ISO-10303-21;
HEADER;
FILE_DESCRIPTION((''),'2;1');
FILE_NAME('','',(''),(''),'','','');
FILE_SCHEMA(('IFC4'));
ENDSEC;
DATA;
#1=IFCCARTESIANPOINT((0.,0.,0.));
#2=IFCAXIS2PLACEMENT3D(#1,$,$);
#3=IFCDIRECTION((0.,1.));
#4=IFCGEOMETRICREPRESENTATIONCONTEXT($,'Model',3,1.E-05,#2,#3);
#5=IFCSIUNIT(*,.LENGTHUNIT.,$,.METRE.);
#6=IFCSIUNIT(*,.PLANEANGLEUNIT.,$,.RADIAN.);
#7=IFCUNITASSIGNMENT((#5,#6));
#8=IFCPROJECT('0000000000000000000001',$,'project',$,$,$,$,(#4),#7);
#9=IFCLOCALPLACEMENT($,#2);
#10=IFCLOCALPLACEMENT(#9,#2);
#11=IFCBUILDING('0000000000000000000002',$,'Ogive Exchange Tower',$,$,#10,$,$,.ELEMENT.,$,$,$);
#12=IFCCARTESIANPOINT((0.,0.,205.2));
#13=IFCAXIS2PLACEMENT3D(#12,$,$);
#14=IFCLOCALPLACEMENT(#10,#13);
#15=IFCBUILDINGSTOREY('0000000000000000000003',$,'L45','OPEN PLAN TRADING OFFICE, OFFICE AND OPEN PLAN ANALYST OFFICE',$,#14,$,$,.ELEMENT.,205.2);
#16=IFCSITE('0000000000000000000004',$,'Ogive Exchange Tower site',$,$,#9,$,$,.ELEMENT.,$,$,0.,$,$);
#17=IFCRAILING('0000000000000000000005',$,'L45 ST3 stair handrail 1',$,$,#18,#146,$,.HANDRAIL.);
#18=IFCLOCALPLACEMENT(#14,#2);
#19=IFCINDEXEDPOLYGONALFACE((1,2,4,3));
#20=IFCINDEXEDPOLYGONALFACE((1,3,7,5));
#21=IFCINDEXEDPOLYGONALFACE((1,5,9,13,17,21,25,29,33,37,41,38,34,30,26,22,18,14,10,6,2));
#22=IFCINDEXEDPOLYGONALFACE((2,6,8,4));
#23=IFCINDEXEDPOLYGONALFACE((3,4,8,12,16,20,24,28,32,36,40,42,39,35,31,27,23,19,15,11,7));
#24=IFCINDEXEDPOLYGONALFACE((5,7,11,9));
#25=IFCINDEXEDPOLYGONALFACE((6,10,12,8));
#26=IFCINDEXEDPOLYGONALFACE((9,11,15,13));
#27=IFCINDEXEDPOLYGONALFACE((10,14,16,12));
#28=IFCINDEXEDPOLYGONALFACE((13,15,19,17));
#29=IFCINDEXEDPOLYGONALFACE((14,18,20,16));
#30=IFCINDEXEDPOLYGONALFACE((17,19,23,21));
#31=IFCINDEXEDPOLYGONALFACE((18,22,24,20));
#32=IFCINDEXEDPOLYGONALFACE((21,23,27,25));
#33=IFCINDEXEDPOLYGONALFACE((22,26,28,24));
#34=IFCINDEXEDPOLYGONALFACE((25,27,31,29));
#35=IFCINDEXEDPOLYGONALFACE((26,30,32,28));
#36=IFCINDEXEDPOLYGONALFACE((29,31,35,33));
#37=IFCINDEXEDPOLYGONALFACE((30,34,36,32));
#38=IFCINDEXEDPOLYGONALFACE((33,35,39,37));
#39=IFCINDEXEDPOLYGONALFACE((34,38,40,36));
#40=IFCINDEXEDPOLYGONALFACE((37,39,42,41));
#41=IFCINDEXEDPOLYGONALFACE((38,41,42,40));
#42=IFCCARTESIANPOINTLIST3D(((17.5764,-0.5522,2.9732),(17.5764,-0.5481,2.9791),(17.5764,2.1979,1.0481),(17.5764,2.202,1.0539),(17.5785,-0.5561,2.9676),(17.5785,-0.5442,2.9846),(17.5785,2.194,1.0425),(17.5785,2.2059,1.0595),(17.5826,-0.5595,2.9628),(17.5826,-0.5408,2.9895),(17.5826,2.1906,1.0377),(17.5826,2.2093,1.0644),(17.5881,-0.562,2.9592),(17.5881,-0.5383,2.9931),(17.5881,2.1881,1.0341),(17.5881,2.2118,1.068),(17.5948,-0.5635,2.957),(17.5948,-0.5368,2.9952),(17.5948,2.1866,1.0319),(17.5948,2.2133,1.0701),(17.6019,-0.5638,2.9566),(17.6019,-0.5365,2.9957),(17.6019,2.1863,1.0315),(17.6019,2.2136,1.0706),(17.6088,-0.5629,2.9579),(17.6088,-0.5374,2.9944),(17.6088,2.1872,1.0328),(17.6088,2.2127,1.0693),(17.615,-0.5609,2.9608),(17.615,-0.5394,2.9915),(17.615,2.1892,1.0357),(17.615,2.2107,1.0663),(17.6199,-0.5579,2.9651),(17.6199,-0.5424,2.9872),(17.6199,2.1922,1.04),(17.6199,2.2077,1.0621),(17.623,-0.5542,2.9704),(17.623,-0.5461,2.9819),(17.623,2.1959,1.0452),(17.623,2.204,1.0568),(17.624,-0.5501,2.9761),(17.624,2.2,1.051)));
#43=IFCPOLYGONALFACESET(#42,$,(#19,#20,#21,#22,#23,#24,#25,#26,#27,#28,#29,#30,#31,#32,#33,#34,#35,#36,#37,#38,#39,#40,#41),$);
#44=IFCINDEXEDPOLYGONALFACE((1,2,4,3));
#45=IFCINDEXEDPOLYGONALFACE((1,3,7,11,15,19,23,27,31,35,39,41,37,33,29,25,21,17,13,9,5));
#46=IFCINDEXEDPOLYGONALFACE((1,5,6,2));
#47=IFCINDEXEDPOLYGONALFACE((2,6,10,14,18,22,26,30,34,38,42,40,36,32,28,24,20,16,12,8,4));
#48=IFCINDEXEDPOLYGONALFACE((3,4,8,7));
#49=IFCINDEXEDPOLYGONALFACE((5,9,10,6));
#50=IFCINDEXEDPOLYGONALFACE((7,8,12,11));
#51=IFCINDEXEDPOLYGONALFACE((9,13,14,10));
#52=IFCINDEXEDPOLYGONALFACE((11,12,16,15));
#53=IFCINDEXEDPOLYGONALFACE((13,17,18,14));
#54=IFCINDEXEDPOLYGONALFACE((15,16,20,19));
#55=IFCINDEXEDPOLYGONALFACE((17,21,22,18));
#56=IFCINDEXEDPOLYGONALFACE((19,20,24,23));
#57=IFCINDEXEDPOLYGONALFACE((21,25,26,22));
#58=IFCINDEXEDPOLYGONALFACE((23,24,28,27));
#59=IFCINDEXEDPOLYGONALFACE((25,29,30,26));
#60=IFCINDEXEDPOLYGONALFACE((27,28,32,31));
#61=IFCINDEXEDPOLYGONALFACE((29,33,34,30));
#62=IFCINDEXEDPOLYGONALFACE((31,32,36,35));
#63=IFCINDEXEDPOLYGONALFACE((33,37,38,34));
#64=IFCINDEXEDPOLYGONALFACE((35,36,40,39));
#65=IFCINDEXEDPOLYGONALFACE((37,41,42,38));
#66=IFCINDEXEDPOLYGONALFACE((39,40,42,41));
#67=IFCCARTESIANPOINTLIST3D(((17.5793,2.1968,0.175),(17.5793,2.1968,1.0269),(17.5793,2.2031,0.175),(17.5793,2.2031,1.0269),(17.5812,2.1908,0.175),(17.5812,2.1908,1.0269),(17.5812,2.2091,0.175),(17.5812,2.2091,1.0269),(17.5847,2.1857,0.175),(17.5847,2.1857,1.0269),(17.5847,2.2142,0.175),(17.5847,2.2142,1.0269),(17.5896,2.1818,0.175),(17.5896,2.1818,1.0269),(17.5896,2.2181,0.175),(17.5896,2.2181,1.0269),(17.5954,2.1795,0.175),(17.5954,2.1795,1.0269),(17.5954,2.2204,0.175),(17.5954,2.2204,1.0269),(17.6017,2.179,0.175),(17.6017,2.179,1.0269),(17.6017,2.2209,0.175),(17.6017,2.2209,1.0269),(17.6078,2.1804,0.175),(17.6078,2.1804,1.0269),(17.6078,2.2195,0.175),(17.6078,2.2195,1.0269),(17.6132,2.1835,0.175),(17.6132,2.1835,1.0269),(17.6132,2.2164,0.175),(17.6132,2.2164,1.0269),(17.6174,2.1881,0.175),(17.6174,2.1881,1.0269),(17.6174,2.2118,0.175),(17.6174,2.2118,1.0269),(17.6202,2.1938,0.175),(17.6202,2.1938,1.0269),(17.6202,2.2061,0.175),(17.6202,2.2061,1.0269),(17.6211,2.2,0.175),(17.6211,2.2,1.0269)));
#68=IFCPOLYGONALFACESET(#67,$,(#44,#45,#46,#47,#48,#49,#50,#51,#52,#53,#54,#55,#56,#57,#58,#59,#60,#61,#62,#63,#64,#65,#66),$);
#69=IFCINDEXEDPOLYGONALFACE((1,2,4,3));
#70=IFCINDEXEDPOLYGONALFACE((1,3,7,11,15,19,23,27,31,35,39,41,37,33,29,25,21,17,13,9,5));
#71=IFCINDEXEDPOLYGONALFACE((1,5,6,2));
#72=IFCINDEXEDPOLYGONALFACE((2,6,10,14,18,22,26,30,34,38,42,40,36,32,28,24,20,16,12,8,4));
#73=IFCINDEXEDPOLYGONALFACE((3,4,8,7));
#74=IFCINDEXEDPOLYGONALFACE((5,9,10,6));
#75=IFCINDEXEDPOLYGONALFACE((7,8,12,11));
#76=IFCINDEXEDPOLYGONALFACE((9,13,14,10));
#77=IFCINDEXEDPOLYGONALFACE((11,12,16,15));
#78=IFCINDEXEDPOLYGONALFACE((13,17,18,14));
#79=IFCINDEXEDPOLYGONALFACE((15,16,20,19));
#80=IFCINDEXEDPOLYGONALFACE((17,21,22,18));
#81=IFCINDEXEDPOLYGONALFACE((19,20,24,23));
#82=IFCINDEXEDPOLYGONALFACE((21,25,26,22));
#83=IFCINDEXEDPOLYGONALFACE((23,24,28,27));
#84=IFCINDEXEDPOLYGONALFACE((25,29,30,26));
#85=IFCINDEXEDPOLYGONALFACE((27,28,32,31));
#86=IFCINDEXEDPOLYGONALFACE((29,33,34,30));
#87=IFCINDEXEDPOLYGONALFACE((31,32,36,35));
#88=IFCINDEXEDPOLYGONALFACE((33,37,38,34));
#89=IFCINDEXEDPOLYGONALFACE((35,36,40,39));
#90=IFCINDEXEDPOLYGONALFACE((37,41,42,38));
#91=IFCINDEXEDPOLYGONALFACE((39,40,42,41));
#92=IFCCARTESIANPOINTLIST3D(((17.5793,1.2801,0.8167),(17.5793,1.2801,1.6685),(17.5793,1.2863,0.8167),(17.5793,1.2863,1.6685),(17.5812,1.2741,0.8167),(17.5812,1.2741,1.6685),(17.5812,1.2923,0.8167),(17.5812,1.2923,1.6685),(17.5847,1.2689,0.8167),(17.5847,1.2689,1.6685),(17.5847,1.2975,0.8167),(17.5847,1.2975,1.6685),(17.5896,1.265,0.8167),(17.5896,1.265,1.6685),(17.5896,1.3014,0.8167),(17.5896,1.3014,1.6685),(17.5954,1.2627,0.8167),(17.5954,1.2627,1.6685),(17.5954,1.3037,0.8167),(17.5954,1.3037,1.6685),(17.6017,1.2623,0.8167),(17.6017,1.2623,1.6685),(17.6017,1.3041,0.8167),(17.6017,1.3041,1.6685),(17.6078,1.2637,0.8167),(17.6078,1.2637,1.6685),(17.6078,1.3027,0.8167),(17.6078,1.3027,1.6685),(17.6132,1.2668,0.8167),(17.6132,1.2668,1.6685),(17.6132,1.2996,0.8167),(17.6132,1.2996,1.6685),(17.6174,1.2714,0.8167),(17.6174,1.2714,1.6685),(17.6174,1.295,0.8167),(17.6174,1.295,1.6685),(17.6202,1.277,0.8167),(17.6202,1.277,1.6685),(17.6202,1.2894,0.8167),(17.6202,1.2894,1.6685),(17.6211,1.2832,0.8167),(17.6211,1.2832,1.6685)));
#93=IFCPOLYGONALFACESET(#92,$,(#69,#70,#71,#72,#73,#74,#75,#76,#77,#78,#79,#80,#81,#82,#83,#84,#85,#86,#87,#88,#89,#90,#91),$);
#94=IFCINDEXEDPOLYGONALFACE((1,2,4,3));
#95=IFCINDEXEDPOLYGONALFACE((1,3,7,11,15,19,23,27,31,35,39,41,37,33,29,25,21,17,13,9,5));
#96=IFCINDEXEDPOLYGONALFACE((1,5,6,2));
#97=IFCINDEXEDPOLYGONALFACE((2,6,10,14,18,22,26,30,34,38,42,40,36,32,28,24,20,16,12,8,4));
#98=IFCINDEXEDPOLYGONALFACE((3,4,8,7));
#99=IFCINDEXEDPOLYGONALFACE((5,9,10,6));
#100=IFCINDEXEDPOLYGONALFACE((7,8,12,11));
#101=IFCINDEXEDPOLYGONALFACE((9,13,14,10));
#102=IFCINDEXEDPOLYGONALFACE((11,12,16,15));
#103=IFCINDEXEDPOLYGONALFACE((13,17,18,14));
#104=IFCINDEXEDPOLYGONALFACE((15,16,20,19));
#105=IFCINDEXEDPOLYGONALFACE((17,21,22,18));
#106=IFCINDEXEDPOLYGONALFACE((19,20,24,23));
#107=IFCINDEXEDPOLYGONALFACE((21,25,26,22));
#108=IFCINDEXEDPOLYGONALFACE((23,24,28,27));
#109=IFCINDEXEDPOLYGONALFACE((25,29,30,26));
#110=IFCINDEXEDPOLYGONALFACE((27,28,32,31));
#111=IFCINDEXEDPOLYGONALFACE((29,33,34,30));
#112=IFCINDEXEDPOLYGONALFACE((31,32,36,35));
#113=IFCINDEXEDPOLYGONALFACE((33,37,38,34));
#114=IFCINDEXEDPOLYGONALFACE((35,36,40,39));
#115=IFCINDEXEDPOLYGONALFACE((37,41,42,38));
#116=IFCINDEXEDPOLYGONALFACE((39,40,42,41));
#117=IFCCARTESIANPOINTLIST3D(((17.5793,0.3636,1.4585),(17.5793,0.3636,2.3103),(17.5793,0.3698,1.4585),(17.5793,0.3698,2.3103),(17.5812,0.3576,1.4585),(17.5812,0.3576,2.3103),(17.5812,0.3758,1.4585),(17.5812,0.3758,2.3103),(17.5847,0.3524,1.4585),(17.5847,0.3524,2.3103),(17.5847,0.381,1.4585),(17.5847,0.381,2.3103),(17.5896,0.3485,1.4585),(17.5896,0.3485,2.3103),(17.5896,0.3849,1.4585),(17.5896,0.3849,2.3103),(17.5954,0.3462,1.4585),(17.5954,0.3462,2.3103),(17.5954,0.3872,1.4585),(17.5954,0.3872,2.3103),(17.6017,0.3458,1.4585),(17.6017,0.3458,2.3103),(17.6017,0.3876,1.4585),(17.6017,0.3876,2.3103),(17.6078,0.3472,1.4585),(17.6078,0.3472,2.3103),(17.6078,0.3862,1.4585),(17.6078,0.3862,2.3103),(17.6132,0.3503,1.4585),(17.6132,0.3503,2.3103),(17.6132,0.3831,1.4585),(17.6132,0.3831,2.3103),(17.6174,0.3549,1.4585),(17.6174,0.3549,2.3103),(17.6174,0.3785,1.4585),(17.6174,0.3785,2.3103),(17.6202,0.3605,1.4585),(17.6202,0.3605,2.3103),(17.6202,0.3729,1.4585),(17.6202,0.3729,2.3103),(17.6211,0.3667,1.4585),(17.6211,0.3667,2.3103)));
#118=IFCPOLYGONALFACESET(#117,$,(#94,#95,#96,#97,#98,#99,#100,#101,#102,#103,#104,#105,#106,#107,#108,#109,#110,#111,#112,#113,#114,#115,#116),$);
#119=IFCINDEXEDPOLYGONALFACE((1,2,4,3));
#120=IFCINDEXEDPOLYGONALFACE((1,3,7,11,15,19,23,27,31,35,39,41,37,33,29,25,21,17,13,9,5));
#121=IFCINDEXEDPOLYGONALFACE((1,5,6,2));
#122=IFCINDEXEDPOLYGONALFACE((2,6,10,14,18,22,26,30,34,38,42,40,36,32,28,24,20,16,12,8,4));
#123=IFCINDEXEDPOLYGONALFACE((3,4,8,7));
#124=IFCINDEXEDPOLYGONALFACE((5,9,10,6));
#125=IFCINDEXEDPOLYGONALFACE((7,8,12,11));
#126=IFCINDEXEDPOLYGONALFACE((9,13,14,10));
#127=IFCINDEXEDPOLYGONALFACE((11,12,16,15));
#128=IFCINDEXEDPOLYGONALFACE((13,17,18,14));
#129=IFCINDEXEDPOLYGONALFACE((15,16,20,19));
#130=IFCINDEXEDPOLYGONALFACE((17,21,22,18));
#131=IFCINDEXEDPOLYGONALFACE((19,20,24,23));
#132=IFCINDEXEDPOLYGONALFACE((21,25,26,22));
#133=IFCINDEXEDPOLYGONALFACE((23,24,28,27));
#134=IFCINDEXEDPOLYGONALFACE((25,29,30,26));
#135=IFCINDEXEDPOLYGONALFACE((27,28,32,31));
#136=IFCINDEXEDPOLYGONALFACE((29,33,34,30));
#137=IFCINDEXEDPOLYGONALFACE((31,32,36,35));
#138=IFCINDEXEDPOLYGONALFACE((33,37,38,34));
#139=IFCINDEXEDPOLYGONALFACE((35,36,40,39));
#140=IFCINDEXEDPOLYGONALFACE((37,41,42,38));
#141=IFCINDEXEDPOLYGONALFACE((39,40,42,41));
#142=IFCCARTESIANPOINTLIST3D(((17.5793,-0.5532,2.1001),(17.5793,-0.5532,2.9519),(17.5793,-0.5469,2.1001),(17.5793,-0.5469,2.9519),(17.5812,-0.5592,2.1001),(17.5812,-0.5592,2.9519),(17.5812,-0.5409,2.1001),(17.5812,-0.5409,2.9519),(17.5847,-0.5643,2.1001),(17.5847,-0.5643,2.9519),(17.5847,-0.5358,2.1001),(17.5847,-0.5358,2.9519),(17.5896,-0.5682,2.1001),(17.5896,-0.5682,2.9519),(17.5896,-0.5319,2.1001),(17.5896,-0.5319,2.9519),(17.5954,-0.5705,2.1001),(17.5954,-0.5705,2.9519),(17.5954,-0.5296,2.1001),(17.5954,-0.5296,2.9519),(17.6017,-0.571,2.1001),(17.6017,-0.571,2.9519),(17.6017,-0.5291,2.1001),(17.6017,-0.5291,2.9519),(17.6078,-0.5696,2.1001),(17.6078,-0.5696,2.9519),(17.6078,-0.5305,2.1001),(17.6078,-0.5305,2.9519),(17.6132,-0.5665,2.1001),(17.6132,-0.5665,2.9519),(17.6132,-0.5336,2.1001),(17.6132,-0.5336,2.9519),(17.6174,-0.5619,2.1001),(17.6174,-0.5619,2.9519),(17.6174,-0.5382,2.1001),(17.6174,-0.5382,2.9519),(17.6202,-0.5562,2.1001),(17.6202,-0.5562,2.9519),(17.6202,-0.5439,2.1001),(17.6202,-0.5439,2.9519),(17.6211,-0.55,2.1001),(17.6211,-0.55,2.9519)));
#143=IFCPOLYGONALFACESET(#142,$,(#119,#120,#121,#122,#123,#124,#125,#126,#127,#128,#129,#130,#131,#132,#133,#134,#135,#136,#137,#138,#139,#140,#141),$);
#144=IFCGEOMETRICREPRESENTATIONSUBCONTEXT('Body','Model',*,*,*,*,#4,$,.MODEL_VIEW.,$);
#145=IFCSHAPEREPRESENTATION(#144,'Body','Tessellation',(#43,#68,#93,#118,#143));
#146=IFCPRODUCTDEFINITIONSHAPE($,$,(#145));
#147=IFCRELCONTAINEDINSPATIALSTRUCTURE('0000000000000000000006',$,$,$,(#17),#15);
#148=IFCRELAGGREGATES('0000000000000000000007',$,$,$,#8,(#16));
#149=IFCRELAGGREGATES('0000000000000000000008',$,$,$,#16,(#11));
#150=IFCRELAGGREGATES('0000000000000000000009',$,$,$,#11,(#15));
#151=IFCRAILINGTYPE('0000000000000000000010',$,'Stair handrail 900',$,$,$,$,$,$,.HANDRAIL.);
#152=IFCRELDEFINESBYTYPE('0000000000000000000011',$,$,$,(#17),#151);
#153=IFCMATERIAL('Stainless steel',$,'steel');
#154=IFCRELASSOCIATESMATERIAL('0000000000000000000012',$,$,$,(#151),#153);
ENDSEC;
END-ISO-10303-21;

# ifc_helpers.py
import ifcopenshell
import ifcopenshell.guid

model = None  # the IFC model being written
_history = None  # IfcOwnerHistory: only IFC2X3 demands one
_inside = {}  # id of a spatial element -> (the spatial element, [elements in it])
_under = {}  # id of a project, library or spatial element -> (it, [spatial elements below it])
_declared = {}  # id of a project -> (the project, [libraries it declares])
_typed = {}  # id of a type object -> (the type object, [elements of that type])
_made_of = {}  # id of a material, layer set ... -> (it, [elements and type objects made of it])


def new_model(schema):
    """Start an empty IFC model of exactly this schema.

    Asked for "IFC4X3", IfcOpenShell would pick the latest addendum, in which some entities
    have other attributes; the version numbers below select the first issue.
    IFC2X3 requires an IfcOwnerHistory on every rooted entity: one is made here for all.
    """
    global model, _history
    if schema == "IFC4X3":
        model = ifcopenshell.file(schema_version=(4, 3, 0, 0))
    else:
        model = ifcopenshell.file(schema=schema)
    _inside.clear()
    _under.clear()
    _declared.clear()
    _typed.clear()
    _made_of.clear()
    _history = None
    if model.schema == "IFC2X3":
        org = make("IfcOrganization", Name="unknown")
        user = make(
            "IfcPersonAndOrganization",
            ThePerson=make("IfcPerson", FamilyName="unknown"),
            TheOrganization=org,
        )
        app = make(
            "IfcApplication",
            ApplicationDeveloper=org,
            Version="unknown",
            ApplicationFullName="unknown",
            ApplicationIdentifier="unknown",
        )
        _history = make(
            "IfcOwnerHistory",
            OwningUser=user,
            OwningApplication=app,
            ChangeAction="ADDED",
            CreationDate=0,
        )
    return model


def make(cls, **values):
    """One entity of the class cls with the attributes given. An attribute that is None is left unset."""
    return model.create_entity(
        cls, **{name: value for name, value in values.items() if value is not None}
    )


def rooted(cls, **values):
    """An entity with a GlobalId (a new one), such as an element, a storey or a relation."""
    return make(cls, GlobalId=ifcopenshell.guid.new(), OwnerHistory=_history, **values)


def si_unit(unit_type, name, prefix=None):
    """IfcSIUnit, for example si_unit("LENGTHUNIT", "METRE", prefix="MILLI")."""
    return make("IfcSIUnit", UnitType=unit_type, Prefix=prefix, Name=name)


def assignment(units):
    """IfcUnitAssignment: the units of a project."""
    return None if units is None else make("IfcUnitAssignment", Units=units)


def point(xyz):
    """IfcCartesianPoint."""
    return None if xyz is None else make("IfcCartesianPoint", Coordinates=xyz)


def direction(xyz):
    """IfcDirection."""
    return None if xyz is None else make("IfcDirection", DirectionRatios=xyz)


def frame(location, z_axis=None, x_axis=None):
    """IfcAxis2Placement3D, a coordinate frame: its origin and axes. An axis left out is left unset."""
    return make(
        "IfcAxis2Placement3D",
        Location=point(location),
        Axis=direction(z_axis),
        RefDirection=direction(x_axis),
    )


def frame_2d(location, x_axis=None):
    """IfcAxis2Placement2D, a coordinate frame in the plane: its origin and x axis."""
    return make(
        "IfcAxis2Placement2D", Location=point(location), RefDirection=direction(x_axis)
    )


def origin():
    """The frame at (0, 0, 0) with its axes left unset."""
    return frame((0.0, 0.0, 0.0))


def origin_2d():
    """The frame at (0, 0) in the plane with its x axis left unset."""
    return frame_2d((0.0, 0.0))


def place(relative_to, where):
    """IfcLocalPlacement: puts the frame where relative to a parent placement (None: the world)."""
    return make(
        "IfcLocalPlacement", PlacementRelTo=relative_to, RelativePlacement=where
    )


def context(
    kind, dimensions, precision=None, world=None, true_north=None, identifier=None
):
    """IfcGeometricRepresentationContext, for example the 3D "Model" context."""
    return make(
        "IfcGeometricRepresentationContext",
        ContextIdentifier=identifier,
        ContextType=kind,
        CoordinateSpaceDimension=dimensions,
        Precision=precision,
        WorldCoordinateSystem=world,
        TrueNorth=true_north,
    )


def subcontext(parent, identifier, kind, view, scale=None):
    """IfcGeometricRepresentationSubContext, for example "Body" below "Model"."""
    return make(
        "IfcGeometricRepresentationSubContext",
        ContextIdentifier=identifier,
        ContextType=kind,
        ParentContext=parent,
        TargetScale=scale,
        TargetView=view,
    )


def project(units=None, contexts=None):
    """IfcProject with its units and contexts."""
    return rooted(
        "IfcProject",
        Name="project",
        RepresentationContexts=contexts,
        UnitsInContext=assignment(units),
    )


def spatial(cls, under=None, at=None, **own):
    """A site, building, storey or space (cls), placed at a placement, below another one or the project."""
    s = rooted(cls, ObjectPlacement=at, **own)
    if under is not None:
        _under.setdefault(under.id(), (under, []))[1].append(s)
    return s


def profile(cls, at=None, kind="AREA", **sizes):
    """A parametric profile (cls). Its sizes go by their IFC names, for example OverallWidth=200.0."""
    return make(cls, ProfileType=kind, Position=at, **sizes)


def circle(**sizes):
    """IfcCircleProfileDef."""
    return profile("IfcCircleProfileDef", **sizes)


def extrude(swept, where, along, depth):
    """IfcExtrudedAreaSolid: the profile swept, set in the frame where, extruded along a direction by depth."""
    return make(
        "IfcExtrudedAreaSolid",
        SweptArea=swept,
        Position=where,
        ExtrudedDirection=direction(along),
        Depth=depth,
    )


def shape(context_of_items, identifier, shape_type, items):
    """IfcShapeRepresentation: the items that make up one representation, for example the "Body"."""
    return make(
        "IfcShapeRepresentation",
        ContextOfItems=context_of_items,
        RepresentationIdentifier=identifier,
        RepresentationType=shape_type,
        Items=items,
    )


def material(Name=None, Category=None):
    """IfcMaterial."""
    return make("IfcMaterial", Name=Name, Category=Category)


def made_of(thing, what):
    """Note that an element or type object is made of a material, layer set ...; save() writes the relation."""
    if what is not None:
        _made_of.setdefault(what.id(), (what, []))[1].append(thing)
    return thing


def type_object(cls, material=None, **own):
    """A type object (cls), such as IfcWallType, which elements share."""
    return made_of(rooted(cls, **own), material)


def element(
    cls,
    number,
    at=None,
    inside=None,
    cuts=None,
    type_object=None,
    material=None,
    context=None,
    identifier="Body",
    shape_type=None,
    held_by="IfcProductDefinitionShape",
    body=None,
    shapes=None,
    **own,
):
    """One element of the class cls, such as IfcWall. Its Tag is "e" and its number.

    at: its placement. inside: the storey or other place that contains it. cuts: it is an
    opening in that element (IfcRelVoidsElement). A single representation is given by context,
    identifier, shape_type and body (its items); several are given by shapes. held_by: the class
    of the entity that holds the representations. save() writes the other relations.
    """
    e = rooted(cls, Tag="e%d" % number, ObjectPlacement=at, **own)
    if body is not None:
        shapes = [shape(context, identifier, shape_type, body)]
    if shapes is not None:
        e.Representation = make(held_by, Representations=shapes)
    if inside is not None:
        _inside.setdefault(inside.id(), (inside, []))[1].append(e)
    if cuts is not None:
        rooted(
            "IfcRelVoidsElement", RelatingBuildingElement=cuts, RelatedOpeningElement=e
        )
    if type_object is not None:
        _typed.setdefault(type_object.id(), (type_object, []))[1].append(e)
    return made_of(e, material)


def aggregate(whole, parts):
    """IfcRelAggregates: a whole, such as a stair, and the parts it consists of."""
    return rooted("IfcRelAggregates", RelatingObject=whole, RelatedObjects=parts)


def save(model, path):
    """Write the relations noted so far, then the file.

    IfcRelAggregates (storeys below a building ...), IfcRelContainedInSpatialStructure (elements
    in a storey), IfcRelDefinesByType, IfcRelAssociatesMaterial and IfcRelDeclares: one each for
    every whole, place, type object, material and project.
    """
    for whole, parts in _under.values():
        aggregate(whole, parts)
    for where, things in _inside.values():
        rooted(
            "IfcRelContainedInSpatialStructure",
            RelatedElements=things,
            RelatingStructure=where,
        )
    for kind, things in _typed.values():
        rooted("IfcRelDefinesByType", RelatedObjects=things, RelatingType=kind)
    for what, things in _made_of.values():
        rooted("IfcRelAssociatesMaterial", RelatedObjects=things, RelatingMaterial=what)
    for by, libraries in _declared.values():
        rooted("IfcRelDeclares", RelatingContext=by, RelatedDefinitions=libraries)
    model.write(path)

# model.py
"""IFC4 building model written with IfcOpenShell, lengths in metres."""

from ifc_helpers import new_model, si_unit, direction, frame, origin, origin_2d, place, context, subcontext, project, spatial, circle, extrude, material, type_object, element, save


model = new_model("IFC4")

# Units and contexts
model_context = context("Model", 3, precision=1e-05, world=origin(), true_north=direction((0.0, 1.0)))
body_context = subcontext(model_context, "Body", "Model", "MODEL_VIEW")
ifc_project = project(units=[si_unit("LENGTHUNIT", "METRE"), si_unit("PLANEANGLEUNIT", "RADIAN")], contexts=[model_context])

# Site, building, storey
site_placement = place(None, origin())
site = spatial("IfcSite", under=ifc_project, at=site_placement, Name="Ogive Exchange Tower site", CompositionType="ELEMENT", RefElevation=0.0)
building_placement = place(site_placement, origin())
building = spatial("IfcBuilding", under=site, at=building_placement, Name="Ogive Exchange Tower", CompositionType="ELEMENT")
storey_placement = place(building_placement, frame((0.0, 0.0, 205.2)))
storey = spatial("IfcBuildingStorey", under=building, at=storey_placement, Name="L45", Description="OPEN PLAN TRADING OFFICE, OFFICE AND OPEN PLAN ANALYST OFFICE", CompositionType="ELEMENT", Elevation=205.2)

# Railing
ifc_material_1 = material(Name="Stainless steel", Category="steel")
railing_type = type_object("IfcRailingType", Name="Stair handrail 900", PredefinedType="HANDRAIL", material=ifc_material_1)
railing_placement = place(storey_placement, frame((17.6001, 2.2, 0.175)))
element("IfcRailing", 1, at=railing_placement, inside=storey, type_object=railing_type, Name="L45 ST3 stair handrail 1", PredefinedType="HANDRAIL", context=body_context, shape_type="SweptSolid", body=[
    extrude(circle(Radius=0.0239, at=origin_2d()), frame((0.0, 0.0, 0.876), z_axis=(0.0, -0.819225, 0.573472), x_axis=(1.0, 0.0, 0.0)), (0.0, 0.0, 1.0), 3.3569),
    extrude(circle(Radius=0.021, at=origin_2d()), origin(), (0.0, 0.0, 1.0), 0.8518),
    extrude(circle(Radius=0.021, at=origin_2d()), frame((0.0, -0.9167, 0.6416)), (0.0, 0.0, 1.0), 0.8518),
    extrude(circle(Radius=0.021, at=origin_2d()), frame((0.0, -1.8333, 1.2834)), (0.0, 0.0, 1.0), 0.8518),
    extrude(circle(Radius=0.021, at=origin_2d()), frame((0.0, -2.75, 1.925)), (0.0, 0.0, 1.0), 0.8518),
])

save(model, "model.ifc")
